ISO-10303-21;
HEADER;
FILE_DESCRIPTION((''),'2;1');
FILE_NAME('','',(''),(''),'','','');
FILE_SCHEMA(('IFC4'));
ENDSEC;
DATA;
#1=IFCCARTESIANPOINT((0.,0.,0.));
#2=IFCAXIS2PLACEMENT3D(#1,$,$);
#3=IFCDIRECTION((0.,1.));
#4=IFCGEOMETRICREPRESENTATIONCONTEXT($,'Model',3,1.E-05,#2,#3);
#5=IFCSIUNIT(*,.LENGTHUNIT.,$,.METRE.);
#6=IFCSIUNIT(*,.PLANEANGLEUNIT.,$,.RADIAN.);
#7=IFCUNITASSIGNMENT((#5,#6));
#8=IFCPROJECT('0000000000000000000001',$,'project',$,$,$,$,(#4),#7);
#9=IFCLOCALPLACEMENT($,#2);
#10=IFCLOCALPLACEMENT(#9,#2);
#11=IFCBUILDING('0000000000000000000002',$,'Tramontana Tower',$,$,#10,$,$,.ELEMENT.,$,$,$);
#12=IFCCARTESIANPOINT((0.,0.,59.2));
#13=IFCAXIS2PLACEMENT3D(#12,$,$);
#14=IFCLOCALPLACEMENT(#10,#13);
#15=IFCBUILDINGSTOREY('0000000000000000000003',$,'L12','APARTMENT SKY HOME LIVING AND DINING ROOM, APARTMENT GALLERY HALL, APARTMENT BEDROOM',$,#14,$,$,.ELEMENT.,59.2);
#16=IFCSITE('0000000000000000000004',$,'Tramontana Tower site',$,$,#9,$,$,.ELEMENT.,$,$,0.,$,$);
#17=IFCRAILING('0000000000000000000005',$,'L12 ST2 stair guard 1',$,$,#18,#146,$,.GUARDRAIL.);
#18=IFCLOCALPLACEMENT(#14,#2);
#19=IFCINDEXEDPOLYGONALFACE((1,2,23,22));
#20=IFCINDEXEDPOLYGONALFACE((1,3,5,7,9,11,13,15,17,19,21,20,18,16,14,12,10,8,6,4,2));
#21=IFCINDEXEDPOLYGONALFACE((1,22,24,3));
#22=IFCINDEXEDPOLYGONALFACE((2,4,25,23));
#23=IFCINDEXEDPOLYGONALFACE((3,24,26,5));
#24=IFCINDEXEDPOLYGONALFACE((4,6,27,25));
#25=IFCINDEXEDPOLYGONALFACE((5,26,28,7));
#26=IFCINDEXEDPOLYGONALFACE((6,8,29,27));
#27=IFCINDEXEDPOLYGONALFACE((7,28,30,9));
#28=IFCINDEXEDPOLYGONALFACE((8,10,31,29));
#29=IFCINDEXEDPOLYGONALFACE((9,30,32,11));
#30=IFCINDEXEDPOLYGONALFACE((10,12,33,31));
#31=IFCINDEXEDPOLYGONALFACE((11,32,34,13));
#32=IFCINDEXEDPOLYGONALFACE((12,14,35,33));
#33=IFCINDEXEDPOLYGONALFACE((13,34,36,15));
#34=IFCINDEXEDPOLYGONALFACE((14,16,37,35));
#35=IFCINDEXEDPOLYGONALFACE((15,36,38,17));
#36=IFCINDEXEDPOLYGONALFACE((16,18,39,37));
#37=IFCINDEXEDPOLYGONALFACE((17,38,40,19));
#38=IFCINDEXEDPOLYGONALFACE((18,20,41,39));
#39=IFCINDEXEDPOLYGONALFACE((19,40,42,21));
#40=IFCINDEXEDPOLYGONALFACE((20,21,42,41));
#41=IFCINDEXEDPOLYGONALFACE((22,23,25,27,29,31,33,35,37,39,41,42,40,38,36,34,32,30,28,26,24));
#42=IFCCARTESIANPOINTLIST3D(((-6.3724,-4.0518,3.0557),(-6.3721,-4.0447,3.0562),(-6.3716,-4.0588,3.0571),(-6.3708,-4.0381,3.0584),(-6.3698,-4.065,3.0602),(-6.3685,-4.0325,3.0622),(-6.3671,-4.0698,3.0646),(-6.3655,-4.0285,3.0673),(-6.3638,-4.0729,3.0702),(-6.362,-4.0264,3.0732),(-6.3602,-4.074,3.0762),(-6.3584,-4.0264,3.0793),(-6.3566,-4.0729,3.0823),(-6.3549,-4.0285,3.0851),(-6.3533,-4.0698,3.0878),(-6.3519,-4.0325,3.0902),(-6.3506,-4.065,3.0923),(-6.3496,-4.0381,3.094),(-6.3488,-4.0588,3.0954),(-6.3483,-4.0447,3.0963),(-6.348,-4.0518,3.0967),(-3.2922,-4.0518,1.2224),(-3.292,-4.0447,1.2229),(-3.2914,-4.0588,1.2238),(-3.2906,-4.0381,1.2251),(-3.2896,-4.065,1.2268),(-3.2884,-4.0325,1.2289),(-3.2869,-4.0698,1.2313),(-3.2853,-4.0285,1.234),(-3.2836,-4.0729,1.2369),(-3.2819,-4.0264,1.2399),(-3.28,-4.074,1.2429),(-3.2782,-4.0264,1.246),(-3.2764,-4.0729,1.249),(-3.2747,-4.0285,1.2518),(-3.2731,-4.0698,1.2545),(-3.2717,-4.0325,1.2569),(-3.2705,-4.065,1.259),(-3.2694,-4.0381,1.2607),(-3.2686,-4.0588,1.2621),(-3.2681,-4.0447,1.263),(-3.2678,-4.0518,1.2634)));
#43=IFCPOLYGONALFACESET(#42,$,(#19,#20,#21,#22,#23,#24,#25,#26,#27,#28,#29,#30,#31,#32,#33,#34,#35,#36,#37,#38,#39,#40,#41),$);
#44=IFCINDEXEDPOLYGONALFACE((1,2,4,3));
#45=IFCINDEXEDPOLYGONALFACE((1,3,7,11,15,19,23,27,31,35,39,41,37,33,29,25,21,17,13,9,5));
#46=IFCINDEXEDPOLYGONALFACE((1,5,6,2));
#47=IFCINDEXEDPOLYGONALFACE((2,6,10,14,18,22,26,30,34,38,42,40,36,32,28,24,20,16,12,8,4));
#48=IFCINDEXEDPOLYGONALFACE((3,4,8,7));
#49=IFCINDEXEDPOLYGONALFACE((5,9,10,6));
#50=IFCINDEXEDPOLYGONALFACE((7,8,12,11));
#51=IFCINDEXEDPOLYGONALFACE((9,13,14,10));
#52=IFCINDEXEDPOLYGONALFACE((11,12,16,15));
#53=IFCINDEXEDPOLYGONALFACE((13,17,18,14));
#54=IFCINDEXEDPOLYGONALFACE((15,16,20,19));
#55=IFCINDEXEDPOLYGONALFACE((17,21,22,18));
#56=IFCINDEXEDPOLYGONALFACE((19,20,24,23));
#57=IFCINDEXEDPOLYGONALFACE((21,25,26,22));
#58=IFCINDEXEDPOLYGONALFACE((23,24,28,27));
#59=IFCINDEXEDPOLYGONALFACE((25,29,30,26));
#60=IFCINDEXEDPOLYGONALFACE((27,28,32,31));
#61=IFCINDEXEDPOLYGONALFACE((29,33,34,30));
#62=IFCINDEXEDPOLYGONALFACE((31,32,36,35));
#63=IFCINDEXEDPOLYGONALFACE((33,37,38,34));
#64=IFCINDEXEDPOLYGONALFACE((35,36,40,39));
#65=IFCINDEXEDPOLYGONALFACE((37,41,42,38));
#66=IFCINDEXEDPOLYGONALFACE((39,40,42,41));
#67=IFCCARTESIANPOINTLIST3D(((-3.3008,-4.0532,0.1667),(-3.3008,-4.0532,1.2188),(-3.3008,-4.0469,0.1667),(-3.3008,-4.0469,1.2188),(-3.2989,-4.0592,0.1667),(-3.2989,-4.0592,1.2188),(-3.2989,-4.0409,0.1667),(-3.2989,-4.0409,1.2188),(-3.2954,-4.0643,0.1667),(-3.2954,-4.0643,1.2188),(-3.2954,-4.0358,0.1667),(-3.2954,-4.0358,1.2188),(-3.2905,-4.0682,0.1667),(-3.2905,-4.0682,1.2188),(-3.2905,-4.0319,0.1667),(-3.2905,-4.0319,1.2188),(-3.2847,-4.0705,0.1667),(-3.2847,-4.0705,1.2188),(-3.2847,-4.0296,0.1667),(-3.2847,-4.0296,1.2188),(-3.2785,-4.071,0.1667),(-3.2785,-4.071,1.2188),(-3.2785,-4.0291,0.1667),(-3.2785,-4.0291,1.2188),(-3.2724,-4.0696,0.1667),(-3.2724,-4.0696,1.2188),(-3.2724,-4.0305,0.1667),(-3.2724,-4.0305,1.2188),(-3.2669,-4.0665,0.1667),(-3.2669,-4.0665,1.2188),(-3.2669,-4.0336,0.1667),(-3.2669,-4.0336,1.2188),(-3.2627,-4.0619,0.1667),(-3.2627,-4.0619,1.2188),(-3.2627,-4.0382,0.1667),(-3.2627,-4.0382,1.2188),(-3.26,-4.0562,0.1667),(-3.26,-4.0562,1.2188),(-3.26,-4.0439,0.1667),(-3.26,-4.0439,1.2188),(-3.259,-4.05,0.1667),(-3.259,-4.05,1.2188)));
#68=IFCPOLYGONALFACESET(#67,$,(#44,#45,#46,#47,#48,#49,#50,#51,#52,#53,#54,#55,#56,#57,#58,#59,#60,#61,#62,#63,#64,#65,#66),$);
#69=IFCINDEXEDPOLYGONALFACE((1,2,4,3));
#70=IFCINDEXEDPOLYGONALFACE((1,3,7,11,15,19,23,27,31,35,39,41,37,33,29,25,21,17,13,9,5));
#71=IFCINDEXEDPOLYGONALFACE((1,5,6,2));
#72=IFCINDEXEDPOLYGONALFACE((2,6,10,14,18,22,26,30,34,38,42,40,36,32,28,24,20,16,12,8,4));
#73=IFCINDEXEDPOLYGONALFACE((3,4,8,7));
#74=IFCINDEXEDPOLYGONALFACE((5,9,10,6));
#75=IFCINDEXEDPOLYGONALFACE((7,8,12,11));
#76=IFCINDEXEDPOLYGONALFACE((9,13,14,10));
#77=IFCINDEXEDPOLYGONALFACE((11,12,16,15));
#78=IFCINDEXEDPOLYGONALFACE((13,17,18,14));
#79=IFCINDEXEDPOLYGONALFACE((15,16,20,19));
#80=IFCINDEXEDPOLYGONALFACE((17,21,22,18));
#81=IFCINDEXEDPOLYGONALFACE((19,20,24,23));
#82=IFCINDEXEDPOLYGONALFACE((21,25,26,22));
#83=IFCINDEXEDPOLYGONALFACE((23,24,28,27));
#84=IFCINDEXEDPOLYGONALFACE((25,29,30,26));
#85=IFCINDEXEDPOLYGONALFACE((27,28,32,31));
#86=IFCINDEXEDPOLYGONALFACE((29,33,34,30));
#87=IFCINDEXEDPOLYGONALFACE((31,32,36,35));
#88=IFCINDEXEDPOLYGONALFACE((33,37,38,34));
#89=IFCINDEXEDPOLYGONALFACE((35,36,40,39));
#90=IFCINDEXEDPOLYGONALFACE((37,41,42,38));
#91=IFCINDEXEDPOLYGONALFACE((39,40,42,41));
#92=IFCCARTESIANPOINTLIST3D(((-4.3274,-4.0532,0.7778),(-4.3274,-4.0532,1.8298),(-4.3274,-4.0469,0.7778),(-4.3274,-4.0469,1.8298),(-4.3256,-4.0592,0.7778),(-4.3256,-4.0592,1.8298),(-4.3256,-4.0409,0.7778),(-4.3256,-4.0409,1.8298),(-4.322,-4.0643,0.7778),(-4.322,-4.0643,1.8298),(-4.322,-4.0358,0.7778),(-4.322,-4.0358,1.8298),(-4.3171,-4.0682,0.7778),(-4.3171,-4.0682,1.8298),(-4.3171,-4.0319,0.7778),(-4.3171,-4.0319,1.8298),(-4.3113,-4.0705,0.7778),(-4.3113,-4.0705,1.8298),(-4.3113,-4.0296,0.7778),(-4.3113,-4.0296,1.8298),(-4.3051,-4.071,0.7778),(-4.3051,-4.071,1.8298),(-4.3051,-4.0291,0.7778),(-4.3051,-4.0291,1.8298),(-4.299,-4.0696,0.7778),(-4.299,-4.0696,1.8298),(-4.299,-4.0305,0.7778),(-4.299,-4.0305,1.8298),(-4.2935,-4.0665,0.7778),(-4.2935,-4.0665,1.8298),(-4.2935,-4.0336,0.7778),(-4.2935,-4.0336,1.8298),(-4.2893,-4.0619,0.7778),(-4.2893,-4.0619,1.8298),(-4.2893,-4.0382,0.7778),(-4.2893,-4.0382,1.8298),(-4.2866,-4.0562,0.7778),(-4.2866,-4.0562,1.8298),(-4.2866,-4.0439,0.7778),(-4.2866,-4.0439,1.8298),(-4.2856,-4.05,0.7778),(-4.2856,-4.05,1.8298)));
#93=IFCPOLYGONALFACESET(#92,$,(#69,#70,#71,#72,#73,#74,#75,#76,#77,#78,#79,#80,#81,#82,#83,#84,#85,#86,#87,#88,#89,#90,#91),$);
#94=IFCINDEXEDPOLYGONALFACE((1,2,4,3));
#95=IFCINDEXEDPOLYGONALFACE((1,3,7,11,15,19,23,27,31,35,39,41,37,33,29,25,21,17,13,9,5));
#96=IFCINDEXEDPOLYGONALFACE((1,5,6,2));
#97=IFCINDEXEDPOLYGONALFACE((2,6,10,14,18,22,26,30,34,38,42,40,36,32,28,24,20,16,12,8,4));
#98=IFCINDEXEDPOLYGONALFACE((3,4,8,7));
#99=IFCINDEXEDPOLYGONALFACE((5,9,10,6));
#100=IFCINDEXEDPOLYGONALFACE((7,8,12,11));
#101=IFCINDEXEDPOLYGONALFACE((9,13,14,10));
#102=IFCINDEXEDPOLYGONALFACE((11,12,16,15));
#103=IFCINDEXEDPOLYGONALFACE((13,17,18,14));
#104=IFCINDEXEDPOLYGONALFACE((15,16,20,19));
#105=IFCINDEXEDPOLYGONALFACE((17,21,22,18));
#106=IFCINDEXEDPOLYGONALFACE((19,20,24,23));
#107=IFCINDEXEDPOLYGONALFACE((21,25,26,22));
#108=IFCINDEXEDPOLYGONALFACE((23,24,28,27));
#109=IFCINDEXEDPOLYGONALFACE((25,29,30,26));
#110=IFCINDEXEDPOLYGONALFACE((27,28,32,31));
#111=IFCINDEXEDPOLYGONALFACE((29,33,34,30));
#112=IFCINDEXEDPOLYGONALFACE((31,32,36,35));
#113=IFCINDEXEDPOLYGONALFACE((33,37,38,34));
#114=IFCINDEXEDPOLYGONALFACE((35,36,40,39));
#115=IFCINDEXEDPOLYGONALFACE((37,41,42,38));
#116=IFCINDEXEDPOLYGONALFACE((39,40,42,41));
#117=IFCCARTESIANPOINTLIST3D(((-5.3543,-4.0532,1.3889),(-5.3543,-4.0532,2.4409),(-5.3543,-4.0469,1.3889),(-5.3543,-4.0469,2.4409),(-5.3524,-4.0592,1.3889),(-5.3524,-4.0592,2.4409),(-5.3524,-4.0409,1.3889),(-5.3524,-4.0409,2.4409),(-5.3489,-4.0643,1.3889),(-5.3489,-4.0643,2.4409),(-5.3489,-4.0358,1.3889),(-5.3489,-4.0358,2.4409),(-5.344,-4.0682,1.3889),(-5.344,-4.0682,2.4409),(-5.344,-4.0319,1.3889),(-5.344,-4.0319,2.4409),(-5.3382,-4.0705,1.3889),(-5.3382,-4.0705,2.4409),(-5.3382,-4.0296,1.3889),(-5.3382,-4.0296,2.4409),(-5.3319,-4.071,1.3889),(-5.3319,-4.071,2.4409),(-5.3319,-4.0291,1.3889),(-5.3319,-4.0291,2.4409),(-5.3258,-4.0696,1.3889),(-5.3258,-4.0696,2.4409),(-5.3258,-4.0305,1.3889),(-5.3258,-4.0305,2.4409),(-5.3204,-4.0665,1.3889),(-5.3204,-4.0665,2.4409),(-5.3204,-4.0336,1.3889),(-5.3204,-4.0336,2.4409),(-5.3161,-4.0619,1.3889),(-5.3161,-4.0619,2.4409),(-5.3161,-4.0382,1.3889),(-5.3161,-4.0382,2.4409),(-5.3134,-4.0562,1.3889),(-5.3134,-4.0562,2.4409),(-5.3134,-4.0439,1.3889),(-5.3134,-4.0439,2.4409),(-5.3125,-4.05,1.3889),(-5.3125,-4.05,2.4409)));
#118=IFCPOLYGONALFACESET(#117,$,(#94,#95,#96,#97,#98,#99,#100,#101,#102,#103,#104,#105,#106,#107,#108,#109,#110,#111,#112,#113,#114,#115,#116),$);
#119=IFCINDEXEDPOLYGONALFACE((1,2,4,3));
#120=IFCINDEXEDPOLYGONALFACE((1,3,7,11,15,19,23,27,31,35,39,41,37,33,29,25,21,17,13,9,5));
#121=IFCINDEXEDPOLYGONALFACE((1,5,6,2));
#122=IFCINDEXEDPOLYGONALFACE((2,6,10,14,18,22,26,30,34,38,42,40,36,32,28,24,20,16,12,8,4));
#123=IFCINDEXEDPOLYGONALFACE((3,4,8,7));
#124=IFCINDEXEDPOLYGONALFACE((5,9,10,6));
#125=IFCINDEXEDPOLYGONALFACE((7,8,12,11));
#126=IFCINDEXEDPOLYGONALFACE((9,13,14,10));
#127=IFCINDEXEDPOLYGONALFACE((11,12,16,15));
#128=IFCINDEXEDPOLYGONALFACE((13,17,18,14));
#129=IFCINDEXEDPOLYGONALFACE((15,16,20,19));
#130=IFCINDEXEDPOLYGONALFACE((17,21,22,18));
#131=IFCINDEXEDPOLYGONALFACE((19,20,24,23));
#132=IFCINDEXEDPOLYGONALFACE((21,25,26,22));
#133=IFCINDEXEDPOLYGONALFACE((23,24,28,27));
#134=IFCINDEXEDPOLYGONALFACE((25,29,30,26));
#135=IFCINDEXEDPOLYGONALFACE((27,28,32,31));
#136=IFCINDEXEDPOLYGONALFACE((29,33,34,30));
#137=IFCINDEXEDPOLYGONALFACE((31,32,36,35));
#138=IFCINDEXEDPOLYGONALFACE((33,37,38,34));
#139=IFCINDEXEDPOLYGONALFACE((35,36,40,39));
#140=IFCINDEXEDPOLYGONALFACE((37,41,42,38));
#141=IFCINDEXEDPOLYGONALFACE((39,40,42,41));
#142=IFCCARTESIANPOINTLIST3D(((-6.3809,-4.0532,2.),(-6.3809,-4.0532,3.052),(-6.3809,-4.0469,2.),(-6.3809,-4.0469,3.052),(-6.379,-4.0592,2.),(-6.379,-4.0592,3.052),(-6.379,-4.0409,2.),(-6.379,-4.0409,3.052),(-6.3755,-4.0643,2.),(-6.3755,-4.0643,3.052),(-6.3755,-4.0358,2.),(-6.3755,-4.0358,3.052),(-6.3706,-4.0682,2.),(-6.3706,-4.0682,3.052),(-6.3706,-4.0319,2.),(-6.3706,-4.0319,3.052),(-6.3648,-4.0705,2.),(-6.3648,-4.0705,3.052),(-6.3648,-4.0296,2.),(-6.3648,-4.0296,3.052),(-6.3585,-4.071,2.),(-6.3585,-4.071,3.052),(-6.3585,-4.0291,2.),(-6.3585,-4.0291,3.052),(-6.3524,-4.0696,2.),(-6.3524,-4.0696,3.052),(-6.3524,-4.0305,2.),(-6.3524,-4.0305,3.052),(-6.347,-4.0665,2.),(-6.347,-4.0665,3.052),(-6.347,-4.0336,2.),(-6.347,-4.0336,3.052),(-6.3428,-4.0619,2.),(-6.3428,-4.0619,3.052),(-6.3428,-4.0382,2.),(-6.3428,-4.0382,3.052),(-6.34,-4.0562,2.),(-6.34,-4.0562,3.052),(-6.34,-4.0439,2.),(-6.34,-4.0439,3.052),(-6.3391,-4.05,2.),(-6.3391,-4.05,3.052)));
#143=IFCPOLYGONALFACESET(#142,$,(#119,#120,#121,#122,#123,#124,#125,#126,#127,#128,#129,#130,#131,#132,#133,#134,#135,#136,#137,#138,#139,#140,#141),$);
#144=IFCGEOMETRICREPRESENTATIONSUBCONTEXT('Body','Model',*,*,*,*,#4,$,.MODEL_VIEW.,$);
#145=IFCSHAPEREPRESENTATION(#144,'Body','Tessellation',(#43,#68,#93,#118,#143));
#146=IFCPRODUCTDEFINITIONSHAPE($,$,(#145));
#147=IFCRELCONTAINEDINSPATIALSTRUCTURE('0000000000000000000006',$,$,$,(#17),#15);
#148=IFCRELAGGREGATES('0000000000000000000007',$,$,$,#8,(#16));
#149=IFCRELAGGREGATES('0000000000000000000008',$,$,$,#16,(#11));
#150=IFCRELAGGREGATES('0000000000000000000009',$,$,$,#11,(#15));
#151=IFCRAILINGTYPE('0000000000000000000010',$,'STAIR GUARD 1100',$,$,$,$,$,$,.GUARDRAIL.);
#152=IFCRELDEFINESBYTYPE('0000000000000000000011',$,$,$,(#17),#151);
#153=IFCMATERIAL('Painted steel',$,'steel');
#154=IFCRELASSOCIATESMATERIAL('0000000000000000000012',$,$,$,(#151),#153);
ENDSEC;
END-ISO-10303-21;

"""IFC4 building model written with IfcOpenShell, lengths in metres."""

from ifc_helpers import new_model, si_unit, direction, frame, origin, origin_2d, place, context, subcontext, project, spatial, circle, extrude, material, type_object, element, save


model = new_model("IFC4")

# Units and contexts
model_context = context("Model", 3, precision=1e-05, world=origin(), true_north=direction((0.0, 1.0)))
body_context = subcontext(model_context, "Body", "Model", "MODEL_VIEW")
ifc_project = project(units=[si_unit("LENGTHUNIT", "METRE"), si_unit("PLANEANGLEUNIT", "RADIAN")], contexts=[model_context])

# Site, building, storey
site_placement = place(None, origin())
site = spatial("IfcSite", under=ifc_project, at=site_placement, Name="Tramontana Tower site", CompositionType="ELEMENT", RefElevation=0.0)
building_placement = place(site_placement, origin())
building = spatial("IfcBuilding", under=site, at=building_placement, Name="Tramontana Tower", CompositionType="ELEMENT")
storey_placement = place(building_placement, frame((0.0, 0.0, 59.2)))
storey = spatial("IfcBuildingStorey", under=building, at=storey_placement, Name="L12", Description="APARTMENT SKY HOME LIVING AND DINING ROOM, APARTMENT GALLERY HALL, APARTMENT BEDROOM", CompositionType="ELEMENT", Elevation=59.2)

# Railing
ifc_material_1 = material(Name="Painted steel", Category="steel")
railing_type_1 = type_object("IfcRailingType", Name="STAIR GUARD 1100", PredefinedType="GUARDRAIL", material=ifc_material_1)
railing_1_placement = place(storey_placement, frame((-3.28, -4.05, 0.1667)))
element("IfcRailing", 1, at=railing_1_placement, inside=storey, type_object=railing_type_1, Name="L12 ST2 stair guard 1", PredefinedType="GUARDRAIL", context=body_context, shape_type="SweptSolid", body=[
    extrude(circle(Radius=0.0239, at=origin_2d()), frame((0.0, 0.0, 1.0762), z_axis=(-0.859309, 0.0, 0.511458), x_axis=(0.0, -1.0, 0.0)), (0.0, 0.0, 1.0), 3.5845),
    extrude(circle(Radius=0.021, at=origin_2d()), origin(), (0.0, 0.0, 1.0), 1.052),
    extrude(circle(Radius=0.021, at=origin_2d()), frame((-1.0266, 0.0, 0.6111)), (0.0, 0.0, 1.0), 1.052),
    extrude(circle(Radius=0.021, at=origin_2d()), frame((-2.0535, 0.0, 1.2222)), (0.0, 0.0, 1.0), 1.052),
    extrude(circle(Radius=0.021, at=origin_2d()), frame((-3.0801, 0.0, 1.8333)), (0.0, 0.0, 1.0), 1.052),
])

save(model, "model.ifc")
